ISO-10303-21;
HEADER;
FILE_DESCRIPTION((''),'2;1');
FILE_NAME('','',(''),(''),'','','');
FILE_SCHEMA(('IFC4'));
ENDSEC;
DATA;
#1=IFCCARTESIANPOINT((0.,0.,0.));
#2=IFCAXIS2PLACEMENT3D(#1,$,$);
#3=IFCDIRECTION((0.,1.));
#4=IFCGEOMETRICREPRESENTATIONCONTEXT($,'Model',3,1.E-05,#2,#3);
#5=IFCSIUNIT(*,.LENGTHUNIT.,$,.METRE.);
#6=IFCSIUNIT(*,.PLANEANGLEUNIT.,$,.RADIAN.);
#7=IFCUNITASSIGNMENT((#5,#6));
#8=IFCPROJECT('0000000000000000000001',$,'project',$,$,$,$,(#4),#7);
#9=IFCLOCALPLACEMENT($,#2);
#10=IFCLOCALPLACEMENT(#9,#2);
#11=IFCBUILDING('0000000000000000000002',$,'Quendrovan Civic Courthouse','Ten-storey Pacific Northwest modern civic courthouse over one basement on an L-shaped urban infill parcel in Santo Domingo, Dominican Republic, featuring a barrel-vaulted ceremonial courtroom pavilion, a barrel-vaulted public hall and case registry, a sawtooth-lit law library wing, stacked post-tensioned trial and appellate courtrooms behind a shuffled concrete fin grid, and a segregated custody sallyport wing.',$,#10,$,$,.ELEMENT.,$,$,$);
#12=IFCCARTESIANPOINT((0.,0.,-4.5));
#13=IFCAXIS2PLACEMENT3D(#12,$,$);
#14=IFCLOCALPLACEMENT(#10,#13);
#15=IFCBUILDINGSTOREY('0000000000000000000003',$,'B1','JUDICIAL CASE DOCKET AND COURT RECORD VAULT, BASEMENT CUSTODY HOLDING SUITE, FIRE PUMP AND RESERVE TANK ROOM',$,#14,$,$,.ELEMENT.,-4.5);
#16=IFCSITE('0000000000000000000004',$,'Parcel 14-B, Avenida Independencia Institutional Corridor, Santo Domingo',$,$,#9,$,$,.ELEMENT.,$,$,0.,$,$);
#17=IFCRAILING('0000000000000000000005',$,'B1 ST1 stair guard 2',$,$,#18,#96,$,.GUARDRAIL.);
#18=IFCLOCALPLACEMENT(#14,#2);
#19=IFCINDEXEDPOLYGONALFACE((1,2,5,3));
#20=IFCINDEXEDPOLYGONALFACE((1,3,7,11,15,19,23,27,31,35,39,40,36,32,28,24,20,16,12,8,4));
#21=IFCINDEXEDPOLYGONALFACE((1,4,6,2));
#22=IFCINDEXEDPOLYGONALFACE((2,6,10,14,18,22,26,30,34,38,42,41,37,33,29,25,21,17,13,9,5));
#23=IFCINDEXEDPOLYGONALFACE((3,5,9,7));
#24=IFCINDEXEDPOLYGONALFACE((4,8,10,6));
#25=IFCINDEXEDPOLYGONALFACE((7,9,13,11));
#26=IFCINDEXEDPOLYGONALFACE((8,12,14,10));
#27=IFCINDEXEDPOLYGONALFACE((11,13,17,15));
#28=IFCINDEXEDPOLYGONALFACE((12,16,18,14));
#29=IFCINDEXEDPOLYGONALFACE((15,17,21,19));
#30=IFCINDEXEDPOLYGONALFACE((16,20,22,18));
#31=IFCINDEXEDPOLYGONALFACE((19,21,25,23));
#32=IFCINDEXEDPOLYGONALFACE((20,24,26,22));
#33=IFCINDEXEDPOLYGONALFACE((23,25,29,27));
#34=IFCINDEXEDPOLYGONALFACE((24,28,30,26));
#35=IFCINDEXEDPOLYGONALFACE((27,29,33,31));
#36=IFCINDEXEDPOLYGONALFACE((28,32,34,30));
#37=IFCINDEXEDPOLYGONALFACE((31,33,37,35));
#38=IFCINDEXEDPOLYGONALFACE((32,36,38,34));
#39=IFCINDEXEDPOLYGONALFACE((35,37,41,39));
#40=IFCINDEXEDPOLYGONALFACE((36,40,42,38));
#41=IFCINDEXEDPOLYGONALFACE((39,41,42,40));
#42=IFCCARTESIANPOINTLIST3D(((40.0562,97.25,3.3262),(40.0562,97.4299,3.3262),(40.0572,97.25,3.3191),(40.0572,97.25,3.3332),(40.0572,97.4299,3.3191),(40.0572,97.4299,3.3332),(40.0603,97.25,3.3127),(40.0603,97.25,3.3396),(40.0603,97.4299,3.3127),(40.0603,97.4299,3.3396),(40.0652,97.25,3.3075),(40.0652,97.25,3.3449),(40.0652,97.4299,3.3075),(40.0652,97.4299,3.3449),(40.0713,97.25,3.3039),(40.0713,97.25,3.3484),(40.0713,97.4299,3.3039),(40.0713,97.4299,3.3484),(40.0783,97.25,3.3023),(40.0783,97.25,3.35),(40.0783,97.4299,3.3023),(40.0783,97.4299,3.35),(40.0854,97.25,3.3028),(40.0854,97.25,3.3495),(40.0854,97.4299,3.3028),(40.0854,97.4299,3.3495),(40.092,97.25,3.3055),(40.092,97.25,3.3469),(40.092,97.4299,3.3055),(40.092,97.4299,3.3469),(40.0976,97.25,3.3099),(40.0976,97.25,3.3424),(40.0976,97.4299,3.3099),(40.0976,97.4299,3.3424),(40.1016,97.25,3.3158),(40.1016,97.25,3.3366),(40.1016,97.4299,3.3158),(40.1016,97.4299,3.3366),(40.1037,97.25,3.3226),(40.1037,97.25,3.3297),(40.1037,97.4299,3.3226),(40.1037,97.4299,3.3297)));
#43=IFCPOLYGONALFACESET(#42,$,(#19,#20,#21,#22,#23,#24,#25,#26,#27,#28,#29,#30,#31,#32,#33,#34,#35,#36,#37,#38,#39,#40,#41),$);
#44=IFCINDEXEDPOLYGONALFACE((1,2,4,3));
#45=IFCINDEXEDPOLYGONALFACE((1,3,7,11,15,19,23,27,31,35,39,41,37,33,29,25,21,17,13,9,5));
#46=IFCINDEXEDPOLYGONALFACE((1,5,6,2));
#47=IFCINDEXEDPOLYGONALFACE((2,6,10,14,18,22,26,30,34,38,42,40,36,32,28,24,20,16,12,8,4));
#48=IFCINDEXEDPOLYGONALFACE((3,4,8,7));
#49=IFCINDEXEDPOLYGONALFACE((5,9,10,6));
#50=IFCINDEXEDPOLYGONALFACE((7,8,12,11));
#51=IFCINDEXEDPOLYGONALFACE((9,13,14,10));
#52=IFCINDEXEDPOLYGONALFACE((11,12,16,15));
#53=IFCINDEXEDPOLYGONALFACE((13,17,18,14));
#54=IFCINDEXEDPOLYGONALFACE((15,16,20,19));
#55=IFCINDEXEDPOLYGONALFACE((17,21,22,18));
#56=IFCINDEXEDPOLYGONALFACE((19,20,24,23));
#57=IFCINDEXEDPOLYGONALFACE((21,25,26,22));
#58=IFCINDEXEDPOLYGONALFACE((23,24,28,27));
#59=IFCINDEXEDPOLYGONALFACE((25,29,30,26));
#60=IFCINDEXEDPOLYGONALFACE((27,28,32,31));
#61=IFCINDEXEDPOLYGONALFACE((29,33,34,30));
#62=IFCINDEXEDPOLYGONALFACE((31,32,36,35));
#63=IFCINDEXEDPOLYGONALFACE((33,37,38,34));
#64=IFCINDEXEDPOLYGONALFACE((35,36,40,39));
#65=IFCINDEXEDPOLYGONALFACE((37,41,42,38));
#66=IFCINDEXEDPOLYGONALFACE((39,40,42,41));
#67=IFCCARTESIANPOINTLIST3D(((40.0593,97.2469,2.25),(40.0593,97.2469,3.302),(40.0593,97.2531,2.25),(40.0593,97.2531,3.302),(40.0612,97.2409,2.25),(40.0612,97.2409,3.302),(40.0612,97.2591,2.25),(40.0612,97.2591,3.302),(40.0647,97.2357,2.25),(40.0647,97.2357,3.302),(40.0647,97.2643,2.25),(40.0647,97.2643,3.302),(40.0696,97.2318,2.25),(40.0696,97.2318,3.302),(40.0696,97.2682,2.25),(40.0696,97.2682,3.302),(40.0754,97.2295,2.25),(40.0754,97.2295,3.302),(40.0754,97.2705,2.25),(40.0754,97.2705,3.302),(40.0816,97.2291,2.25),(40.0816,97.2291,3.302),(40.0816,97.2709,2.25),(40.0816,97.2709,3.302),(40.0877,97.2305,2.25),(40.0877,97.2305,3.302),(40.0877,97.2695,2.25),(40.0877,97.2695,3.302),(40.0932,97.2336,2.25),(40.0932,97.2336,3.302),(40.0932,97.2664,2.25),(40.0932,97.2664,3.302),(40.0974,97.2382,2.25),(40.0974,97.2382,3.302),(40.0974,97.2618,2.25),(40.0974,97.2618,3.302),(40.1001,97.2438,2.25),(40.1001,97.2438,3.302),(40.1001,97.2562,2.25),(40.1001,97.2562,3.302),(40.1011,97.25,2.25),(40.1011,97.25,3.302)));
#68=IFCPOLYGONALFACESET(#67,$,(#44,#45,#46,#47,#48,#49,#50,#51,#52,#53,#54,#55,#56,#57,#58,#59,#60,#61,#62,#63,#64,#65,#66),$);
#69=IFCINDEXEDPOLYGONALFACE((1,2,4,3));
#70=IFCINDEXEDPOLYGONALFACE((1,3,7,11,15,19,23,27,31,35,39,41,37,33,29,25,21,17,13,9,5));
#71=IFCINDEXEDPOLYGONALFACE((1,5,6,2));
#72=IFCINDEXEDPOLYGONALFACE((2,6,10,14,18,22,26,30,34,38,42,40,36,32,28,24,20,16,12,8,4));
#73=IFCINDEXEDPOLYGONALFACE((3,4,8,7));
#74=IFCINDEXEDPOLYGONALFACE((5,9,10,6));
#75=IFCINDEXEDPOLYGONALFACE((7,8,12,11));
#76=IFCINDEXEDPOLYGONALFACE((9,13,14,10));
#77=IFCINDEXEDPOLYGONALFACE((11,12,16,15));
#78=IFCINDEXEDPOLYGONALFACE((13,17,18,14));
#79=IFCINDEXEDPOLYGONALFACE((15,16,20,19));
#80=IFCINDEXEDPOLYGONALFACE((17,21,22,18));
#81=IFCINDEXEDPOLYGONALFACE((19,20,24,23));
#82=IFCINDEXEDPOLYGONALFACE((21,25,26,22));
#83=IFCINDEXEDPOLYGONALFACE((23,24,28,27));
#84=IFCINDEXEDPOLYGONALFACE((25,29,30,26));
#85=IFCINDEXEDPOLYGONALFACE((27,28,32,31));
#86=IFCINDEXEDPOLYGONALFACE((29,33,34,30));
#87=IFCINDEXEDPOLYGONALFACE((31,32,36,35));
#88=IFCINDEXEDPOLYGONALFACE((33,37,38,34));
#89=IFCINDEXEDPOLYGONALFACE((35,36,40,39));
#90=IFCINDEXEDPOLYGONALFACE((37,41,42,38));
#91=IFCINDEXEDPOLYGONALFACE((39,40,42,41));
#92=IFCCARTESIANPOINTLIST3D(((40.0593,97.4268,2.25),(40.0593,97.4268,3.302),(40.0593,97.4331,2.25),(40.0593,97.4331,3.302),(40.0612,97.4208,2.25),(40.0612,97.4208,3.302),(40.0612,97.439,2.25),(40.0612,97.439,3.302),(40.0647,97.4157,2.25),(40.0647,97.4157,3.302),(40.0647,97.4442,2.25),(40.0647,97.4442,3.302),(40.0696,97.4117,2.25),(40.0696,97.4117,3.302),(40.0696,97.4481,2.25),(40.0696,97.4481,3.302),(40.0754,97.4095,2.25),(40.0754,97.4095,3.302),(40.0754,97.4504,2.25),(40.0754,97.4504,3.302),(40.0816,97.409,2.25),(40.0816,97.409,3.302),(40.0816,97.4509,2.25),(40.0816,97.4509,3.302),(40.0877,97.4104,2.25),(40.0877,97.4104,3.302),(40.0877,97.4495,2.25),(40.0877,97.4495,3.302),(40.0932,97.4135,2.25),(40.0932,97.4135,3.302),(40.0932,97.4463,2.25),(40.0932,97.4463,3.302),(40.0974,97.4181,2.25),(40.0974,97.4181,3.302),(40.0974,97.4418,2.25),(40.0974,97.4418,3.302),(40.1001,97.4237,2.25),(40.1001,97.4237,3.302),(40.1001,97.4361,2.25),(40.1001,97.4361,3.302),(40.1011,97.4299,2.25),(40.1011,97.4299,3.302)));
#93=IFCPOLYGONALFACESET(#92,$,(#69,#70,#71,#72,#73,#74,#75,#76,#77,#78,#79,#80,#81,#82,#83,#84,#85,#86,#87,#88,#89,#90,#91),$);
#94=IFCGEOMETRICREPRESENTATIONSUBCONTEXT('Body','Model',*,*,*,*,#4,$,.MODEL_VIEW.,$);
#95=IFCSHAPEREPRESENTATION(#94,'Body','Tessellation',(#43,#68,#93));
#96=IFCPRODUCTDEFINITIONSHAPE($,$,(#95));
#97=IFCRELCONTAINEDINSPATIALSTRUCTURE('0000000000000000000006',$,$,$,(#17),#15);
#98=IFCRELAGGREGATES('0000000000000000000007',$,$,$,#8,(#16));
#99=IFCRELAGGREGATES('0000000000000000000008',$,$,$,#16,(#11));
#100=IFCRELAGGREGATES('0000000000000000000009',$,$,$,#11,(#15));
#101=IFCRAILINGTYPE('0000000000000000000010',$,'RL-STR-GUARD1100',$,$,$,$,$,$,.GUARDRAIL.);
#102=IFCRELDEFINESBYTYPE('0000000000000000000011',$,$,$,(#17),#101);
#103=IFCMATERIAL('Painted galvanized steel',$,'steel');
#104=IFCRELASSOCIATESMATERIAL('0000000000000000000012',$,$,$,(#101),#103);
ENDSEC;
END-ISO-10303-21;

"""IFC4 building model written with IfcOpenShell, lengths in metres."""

from ifc_helpers import new_model, si_unit, direction, frame, origin, origin_2d, place, context, subcontext, project, spatial, circle, extrude, material, type_object, element, save


model = new_model("IFC4")

# Units and contexts
model_context = context("Model", 3, precision=1e-05, world=origin(), true_north=direction((0.0, 1.0)))
body_context = subcontext(model_context, "Body", "Model", "MODEL_VIEW")
ifc_project = project(units=[si_unit("LENGTHUNIT", "METRE"), si_unit("PLANEANGLEUNIT", "RADIAN")], contexts=[model_context])

# Site, building, storey
site_placement = place(None, origin())
site = spatial("IfcSite", under=ifc_project, at=site_placement, Name="Parcel 14-B, Avenida Independencia Institutional Corridor, Santo Domingo", CompositionType="ELEMENT", RefElevation=0.0)
building_placement = place(site_placement, origin())
building = spatial("IfcBuilding", under=site, at=building_placement, Name="Quendrovan Civic Courthouse", Description="Ten-storey Pacific Northwest modern civic courthouse over one basement on an L-shaped urban infill parcel in Santo Domingo, Dominican Republic, featuring a barrel-vaulted ceremonial courtroom pavilion, a barrel-vaulted public hall and case registry, a sawtooth-lit law library wing, stacked post-tensioned trial and appellate courtrooms behind a shuffled concrete fin grid, and a segregated custody sallyport wing.", CompositionType="ELEMENT")
storey_placement = place(building_placement, frame((0.0, 0.0, -4.5)))
storey = spatial("IfcBuildingStorey", under=building, at=storey_placement, Name="B1", Description="JUDICIAL CASE DOCKET AND COURT RECORD VAULT, BASEMENT CUSTODY HOLDING SUITE, FIRE PUMP AND RESERVE TANK ROOM", CompositionType="ELEMENT", Elevation=-4.5)

# Railing
ifc_material_1 = material(Name="Painted galvanized steel", Category="steel")
railing_type_1 = type_object("IfcRailingType", Name="RL-STR-GUARD1100", PredefinedType="GUARDRAIL", material=ifc_material_1)
railing_1_placement = place(storey_placement, frame((40.0801, 97.25, 2.25)))
element("IfcRailing", 1, at=railing_1_placement, inside=storey, type_object=railing_type_1, Name="B1 ST1 stair guard 2", PredefinedType="GUARDRAIL", context=body_context, shape_type="SweptSolid", body=[
    extrude(circle(Radius=0.0239, at=origin_2d()), frame((0.0, 0.0, 1.0762), z_axis=(0.0, 1.0, 0.0), x_axis=(-1.0, 0.0, 0.0)), (0.0, 0.0, 1.0), 0.1799),
    extrude(circle(Radius=0.021, at=origin_2d()), origin(), (0.0, 0.0, 1.0), 1.052),
    extrude(circle(Radius=0.021, at=origin_2d()), frame((0.0, 0.1799, 0.0)), (0.0, 0.0, 1.0), 1.052),
])

save(model, "model.ifc")
